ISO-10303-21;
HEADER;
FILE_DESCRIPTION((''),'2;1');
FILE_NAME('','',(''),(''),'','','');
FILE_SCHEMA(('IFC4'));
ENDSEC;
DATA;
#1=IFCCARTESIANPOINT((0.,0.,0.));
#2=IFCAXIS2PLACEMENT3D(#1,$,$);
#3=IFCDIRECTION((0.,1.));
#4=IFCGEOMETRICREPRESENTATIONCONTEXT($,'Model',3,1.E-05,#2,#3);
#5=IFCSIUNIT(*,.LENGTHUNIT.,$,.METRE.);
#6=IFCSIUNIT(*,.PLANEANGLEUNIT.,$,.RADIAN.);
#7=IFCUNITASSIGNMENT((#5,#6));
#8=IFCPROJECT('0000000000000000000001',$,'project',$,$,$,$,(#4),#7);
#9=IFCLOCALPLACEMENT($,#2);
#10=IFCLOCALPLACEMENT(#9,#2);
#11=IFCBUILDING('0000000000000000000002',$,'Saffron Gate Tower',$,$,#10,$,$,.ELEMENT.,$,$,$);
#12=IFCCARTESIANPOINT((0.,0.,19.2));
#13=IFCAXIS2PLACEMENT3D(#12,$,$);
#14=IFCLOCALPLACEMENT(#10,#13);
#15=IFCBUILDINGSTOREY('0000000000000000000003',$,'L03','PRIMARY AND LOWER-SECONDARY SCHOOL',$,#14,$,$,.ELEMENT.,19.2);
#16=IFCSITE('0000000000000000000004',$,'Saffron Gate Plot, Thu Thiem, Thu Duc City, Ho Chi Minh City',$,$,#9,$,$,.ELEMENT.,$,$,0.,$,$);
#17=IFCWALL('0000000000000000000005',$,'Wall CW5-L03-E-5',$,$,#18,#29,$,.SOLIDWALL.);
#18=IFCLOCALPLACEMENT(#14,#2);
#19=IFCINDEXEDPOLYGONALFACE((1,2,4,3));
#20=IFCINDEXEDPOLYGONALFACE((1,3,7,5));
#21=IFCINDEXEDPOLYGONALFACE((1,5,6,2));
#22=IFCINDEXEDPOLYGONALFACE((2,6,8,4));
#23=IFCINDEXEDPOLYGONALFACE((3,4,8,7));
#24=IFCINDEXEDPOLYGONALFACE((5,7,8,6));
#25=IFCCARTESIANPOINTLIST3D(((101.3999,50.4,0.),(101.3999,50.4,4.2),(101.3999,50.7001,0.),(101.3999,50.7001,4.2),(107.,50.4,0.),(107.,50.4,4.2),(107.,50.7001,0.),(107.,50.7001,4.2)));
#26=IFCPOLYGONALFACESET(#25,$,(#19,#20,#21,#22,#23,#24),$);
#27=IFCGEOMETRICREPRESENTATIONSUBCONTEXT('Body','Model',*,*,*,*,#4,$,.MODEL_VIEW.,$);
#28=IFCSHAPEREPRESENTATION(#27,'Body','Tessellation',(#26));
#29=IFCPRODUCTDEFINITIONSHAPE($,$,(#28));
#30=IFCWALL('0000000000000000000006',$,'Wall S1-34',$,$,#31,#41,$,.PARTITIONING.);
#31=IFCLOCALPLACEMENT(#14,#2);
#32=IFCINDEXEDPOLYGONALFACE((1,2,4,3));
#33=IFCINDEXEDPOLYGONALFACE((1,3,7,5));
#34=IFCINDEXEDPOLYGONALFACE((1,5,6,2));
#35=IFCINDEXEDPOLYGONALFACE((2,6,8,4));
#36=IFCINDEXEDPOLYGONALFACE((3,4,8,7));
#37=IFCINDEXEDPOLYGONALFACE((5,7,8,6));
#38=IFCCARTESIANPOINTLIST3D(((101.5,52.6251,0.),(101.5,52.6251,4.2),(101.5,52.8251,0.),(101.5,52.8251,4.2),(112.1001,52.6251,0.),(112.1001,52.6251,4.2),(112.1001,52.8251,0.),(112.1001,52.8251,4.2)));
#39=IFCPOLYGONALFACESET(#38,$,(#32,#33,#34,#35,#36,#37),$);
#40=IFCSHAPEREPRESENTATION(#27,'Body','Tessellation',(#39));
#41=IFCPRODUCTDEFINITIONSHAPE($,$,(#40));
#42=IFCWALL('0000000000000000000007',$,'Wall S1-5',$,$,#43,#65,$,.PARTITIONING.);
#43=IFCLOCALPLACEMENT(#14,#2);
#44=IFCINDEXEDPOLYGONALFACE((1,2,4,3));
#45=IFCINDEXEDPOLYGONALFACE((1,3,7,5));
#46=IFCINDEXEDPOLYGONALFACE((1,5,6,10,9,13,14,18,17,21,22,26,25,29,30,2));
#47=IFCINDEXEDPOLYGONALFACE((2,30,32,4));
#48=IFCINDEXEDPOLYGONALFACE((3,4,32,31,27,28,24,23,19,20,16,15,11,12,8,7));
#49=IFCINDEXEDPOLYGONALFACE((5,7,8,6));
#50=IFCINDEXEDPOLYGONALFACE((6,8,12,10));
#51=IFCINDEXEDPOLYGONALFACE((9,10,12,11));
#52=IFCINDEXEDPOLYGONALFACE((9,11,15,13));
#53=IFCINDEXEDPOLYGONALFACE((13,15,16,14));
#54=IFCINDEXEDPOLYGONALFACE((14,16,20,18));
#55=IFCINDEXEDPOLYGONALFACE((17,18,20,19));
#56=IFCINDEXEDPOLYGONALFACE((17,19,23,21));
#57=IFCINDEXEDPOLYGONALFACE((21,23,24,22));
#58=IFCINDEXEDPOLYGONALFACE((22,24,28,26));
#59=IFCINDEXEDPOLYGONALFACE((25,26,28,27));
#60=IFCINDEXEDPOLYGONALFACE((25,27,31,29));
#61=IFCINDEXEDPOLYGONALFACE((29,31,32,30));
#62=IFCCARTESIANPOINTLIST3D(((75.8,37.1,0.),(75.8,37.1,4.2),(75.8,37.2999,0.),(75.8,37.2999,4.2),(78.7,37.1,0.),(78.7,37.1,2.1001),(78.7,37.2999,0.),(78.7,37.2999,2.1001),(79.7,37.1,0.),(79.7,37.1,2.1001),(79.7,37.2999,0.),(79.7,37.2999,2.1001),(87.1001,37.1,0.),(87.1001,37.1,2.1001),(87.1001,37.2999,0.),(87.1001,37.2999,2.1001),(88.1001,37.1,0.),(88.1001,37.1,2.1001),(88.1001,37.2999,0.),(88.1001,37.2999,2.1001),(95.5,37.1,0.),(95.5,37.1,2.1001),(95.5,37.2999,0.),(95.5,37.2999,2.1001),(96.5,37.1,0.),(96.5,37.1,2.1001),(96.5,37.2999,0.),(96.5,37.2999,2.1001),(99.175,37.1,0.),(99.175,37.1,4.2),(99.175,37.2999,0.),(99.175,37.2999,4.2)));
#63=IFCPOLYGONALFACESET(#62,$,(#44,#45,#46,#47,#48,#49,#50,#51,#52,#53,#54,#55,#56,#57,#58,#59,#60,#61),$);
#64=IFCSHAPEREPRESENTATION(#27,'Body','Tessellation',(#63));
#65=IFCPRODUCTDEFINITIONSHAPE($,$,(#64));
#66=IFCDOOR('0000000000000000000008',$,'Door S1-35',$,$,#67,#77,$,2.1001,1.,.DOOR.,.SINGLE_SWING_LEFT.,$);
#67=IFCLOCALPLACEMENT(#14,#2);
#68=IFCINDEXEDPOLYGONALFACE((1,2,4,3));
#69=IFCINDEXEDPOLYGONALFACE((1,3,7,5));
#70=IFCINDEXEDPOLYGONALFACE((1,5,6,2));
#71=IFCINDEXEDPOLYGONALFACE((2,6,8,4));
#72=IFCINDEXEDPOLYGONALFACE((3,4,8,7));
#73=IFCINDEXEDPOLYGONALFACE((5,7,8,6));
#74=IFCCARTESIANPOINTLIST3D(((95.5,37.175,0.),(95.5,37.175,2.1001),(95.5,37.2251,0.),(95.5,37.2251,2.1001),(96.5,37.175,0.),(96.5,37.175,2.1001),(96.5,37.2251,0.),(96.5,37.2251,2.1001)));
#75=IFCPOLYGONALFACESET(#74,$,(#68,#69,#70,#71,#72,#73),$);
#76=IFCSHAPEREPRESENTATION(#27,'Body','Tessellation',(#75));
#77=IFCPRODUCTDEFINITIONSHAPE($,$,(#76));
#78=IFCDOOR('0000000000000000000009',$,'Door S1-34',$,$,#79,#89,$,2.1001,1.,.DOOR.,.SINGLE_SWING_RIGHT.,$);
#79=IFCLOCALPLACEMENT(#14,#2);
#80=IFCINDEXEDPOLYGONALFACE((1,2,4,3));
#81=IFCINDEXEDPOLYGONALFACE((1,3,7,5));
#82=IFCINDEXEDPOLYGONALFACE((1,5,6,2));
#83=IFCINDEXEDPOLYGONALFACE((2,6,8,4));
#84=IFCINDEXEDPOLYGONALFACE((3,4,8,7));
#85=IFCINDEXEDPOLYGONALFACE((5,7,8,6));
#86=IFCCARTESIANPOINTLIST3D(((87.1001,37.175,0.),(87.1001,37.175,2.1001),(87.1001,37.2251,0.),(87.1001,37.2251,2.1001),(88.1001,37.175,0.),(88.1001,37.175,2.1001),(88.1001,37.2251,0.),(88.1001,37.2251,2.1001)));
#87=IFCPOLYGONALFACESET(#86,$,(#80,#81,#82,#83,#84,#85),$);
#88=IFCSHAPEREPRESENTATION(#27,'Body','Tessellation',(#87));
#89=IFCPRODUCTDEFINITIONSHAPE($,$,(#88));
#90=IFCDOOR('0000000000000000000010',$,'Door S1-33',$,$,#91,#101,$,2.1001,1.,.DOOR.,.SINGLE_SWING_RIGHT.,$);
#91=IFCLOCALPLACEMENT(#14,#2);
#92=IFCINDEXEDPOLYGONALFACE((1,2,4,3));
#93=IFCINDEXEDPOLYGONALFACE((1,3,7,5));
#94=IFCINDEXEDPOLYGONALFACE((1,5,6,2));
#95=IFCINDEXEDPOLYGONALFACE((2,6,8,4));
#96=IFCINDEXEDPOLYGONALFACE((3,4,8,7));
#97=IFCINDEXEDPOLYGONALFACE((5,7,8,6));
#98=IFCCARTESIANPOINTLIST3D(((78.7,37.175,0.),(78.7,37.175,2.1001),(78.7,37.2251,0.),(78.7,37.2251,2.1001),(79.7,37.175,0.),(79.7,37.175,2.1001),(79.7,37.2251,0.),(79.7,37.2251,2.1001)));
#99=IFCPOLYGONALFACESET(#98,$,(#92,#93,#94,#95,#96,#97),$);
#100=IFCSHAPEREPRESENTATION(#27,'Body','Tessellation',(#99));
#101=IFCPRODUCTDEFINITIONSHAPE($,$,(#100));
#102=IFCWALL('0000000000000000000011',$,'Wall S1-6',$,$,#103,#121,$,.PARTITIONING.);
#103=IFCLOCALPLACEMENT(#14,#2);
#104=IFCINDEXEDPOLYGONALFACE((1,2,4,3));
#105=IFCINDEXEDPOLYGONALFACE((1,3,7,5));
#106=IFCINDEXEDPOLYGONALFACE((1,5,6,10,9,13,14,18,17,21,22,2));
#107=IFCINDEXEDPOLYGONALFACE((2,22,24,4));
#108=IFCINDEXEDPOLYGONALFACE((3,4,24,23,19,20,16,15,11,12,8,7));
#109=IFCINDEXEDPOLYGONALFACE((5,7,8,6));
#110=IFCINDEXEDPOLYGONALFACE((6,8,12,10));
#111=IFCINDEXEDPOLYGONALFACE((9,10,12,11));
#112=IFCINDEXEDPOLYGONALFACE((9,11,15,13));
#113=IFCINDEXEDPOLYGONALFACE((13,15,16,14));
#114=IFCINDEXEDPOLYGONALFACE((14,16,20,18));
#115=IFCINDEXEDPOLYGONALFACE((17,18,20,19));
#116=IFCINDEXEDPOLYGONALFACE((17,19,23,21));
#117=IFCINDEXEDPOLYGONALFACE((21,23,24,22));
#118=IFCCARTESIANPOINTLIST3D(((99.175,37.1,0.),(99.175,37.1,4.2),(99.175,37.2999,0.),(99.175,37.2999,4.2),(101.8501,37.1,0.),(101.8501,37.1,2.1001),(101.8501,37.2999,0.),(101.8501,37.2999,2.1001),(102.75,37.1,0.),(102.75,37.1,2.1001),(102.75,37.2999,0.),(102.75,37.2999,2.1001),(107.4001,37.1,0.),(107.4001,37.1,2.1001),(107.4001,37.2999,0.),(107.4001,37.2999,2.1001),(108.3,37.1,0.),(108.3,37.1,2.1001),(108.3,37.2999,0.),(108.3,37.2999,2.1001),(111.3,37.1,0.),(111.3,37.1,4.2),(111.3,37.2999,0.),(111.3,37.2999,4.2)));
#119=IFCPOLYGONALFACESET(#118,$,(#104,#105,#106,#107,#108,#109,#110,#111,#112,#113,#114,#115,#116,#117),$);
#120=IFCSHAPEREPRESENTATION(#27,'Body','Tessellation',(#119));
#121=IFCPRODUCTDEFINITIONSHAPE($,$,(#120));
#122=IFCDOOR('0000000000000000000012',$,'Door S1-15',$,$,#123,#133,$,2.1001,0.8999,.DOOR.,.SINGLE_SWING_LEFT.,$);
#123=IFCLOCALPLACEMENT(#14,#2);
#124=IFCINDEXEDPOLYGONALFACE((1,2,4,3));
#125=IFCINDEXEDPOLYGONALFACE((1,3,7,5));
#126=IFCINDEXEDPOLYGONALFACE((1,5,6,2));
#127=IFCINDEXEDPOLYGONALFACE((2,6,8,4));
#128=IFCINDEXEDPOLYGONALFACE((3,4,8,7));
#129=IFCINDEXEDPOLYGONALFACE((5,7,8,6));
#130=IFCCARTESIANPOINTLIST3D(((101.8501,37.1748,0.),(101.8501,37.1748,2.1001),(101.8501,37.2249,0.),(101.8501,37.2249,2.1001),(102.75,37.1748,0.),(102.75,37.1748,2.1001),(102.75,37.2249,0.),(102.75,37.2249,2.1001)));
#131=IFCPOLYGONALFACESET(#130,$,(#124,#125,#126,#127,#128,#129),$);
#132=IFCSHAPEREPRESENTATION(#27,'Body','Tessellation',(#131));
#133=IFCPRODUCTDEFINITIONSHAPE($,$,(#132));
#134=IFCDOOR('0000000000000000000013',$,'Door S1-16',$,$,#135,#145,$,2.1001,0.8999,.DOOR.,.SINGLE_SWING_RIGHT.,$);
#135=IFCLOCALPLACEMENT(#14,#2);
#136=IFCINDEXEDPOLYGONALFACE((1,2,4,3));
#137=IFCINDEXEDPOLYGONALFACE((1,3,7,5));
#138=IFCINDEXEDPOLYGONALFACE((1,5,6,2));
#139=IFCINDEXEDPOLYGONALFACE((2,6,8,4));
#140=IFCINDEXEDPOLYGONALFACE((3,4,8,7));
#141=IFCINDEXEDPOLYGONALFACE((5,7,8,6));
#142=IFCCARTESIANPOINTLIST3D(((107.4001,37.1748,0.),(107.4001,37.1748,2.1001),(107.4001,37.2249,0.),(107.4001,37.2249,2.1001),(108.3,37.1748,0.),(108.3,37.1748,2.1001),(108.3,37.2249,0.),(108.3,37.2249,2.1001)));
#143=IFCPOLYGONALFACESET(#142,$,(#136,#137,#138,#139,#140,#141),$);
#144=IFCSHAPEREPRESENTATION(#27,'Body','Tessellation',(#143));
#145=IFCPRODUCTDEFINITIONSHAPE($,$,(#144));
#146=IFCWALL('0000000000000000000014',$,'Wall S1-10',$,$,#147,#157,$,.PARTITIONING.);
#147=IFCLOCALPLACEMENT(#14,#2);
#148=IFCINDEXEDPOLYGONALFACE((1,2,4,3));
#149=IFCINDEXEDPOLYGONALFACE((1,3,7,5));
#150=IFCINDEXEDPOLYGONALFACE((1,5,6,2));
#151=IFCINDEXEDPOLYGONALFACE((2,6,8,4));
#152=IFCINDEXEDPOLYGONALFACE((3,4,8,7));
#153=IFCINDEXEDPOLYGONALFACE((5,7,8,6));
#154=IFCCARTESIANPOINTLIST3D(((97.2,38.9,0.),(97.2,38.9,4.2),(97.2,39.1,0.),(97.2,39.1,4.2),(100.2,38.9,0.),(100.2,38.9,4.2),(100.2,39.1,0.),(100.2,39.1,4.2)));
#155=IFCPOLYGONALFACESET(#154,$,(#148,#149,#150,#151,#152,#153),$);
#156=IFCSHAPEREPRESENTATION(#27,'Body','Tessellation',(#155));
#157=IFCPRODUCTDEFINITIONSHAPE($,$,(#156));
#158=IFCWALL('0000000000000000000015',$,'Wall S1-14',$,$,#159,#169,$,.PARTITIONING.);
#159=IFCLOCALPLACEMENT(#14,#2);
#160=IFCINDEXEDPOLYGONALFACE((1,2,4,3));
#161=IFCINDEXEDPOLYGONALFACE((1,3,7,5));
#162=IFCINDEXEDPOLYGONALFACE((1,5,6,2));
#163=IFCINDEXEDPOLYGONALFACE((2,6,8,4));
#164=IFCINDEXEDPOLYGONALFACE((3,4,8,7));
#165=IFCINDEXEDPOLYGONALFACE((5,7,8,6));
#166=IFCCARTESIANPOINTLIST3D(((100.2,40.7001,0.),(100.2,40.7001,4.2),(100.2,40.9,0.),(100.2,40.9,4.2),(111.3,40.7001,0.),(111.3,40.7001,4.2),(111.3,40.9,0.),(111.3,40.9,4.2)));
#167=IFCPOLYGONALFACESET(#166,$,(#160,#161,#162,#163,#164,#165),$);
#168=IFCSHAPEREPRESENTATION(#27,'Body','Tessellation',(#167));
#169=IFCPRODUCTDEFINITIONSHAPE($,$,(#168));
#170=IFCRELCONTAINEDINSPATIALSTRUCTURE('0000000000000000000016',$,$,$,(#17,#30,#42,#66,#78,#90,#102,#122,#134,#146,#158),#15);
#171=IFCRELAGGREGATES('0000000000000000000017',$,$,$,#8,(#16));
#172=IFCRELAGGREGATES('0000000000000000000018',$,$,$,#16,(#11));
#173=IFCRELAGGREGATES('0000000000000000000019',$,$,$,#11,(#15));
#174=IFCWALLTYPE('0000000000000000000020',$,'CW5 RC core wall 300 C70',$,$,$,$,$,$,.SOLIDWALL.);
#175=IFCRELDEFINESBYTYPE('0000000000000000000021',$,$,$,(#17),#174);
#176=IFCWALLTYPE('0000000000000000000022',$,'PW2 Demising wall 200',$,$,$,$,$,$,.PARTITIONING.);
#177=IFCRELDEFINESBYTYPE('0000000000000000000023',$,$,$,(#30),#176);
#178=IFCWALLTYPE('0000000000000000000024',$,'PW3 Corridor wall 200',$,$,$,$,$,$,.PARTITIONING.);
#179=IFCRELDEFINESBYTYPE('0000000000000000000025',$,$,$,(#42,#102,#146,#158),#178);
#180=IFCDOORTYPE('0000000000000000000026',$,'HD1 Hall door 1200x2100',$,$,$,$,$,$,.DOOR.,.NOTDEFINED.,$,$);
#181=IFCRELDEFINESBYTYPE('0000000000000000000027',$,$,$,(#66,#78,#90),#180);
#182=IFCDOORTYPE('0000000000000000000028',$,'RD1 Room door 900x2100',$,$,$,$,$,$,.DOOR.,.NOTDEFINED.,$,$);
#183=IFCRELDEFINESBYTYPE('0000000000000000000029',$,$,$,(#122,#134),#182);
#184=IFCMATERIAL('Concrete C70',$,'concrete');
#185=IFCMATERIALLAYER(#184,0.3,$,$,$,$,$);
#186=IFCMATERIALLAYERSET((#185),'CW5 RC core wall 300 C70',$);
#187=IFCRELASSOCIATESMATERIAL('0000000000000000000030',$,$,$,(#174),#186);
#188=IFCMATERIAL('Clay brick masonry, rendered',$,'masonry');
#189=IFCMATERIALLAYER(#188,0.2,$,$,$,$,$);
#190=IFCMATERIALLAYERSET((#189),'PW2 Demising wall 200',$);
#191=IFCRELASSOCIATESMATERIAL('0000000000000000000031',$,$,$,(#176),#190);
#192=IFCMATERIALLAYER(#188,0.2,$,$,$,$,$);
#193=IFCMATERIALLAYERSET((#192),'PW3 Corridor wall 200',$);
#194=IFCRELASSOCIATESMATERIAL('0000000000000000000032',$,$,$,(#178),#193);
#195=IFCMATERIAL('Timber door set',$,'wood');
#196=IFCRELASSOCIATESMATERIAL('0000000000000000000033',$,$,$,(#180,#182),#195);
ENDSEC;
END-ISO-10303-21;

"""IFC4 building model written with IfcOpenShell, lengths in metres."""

from ifc_helpers import new_model, si_unit, direction, frame, frame_2d, origin, place, context, subcontext, project, spatial, rectangle, extrude, material, layer, layer_set, type_object, element, fill, save


model = new_model("IFC4")

# Units and contexts
model_context = context("Model", 3, precision=1e-05, world=origin(), true_north=direction((0.0, 1.0)))
body_context = subcontext(model_context, "Body", "Model", "MODEL_VIEW")
ifc_project = project(units=[si_unit("LENGTHUNIT", "METRE"), si_unit("PLANEANGLEUNIT", "RADIAN")], contexts=[model_context])

# Site, building, storey
site_placement = place(None, origin())
site = spatial("IfcSite", under=ifc_project, at=site_placement, Name="Saffron Gate Plot, Thu Thiem, Thu Duc City, Ho Chi Minh City", CompositionType="ELEMENT", RefElevation=0.0)
building_placement = place(site_placement, origin())
building = spatial("IfcBuilding", under=site, at=building_placement, Name="Saffron Gate Tower", CompositionType="ELEMENT")
storey_placement = place(building_placement, frame((0.0, 0.0, 19.2)))
storey = spatial("IfcBuildingStorey", under=building, at=storey_placement, Name="L03", Description="PRIMARY AND LOWER-SECONDARY SCHOOL", CompositionType="ELEMENT", Elevation=19.2)

# Walls
ifc_material_1 = material(Name="Concrete C70", Category="concrete")
ifc_layer_1 = layer(ifc_material_1, 0.3)
ifc_layer_set_1 = layer_set([ifc_layer_1], Name="CW5 RC core wall 300 C70")
wall_type_1 = type_object("IfcWallType", Name="CW5 RC core wall 300 C70", PredefinedType="SOLIDWALL", material=ifc_layer_set_1)
wall_1_placement = place(storey_placement, frame((101.3999, 50.55, 0.0), z_axis=(0.0, 0.0, 1.0), x_axis=(1.0, 0.0, 0.0)))
element("IfcWall", 1, at=wall_1_placement, inside=storey, type_object=wall_type_1, Name="Wall CW5-L03-E-5", PredefinedType="SOLIDWALL", context=body_context, shape_type="SweptSolid", body=[
    extrude(rectangle(XDim=5.6001, YDim=0.3, at=frame_2d((2.8, 0.0))), origin(), (0.0, 0.0, 1.0), 4.2),
])
ifc_material_2 = material(Name="Clay brick masonry, rendered", Category="masonry")
ifc_layer_2 = layer(ifc_material_2, 0.2)
ifc_layer_set_2 = layer_set([ifc_layer_2], Name="PW2 Demising wall 200")
wall_type_2 = type_object("IfcWallType", Name="PW2 Demising wall 200", PredefinedType="PARTITIONING", material=ifc_layer_set_2)
wall_2_placement = place(storey_placement, frame((101.5, 52.7251, 0.0), z_axis=(0.0, 0.0, 1.0), x_axis=(1.0, 0.0, 0.0)))
element("IfcWall", 2, at=wall_2_placement, inside=storey, type_object=wall_type_2, Name="Wall S1-34", PredefinedType="PARTITIONING", context=body_context, shape_type="SweptSolid", body=[
    extrude(rectangle(XDim=10.6001, YDim=0.2, at=frame_2d((5.3, 0.0))), origin(), (0.0, 0.0, 1.0), 4.2),
])

# Walls, openings, doors
ifc_layer_3 = layer(ifc_material_2, 0.2)
ifc_layer_set_3 = layer_set([ifc_layer_3], Name="PW3 Corridor wall 200")
wall_type_3 = type_object("IfcWallType", Name="PW3 Corridor wall 200", PredefinedType="PARTITIONING", material=ifc_layer_set_3)
wall_3_placement = place(storey_placement, frame((99.175, 37.2, 0.0), z_axis=(0.0, 0.0, 1.0), x_axis=(-1.0, 0.0, 0.0)))
wall_3 = element("IfcWall", 3, at=wall_3_placement, inside=storey, type_object=wall_type_3, Name="Wall S1-5", PredefinedType="PARTITIONING", context=body_context, shape_type="SweptSolid", body=[
    extrude(rectangle(XDim=23.375, YDim=0.2, at=frame_2d((11.6875, 0.0))), origin(), (0.0, 0.0, 1.0), 4.2),
])
opening_1_placement = place(wall_3_placement, frame((2.675, 0.0, 0.0)))
opening_1 = element("IfcOpeningElement", 4, at=opening_1_placement, cuts=wall_3, PredefinedType="OPENING", context=body_context, shape_type="SweptSolid", body=[
    extrude(rectangle(XDim=1.0, YDim=2.1001, at=frame_2d((0.5, 1.05))), frame((0.0, 0.1099, 0.0), z_axis=(0.0, -1.0, 0.0), x_axis=(1.0, 0.0, 0.0)), (0.0, 0.0, 1.0), 0.22),
])
opening_2_placement = place(wall_3_placement, frame((11.075, 0.0, 0.0)))
opening_2 = element("IfcOpeningElement", 5, at=opening_2_placement, cuts=wall_3, PredefinedType="OPENING", context=body_context, shape_type="SweptSolid", body=[
    extrude(rectangle(XDim=1.0, YDim=2.1001, at=frame_2d((0.5, 1.05))), frame((0.0, 0.1099, 0.0), z_axis=(0.0, -1.0, 0.0), x_axis=(1.0, 0.0, 0.0)), (0.0, 0.0, 1.0), 0.22),
])
opening_3_placement = place(wall_3_placement, frame((19.4751, 0.0, 0.0)))
opening_3 = element("IfcOpeningElement", 6, at=opening_3_placement, cuts=wall_3, PredefinedType="OPENING", context=body_context, shape_type="SweptSolid", body=[
    extrude(rectangle(XDim=1.0, YDim=2.1001, at=frame_2d((0.5, 1.05))), frame((0.0, 0.1099, 0.0), z_axis=(0.0, -1.0, 0.0), x_axis=(1.0, 0.0, 0.0)), (0.0, 0.0, 1.0), 0.22),
])
ifc_material_3 = material(Name="Timber door set", Category="wood")
door_type_1 = type_object("IfcDoorType", Name="HD1 Hall door 1200x2100", OperationType="NOTDEFINED", PredefinedType="DOOR", material=ifc_material_3)
door_1_placement = place(opening_1_placement, origin())
door_1 = element("IfcDoor", 7, at=door_1_placement, inside=storey, type_object=door_type_1, Name="Door S1-35", OperationType="SINGLE_SWING_LEFT", OverallHeight=2.1001, OverallWidth=1.0, PredefinedType="DOOR", context=body_context, shape_type="SweptSolid", body=[
    extrude(rectangle(XDim=1.0, YDim=2.1001, at=frame_2d((0.5, 1.05))), frame((0.0, 0.0249, 0.0), z_axis=(0.0, -1.0, 0.0), x_axis=(1.0, 0.0, 0.0)), (0.0, 0.0, 1.0), 0.05),
])
fill(opening_1, door_1)
door_2_placement = place(opening_2_placement, origin())
door_2 = element("IfcDoor", 8, at=door_2_placement, inside=storey, type_object=door_type_1, Name="Door S1-34", OperationType="SINGLE_SWING_RIGHT", OverallHeight=2.1001, OverallWidth=1.0, PredefinedType="DOOR", context=body_context, shape_type="SweptSolid", body=[
    extrude(rectangle(XDim=1.0, YDim=2.1001, at=frame_2d((0.5, 1.05))), frame((0.0, 0.0249, 0.0), z_axis=(0.0, -1.0, 0.0), x_axis=(1.0, 0.0, 0.0)), (0.0, 0.0, 1.0), 0.05),
])
fill(opening_2, door_2)
door_3_placement = place(opening_3_placement, origin())
door_3 = element("IfcDoor", 9, at=door_3_placement, inside=storey, type_object=door_type_1, Name="Door S1-33", OperationType="SINGLE_SWING_RIGHT", OverallHeight=2.1001, OverallWidth=1.0, PredefinedType="DOOR", context=body_context, shape_type="SweptSolid", body=[
    extrude(rectangle(XDim=1.0, YDim=2.1001, at=frame_2d((0.5, 1.05))), frame((0.0, 0.0249, 0.0), z_axis=(0.0, -1.0, 0.0), x_axis=(1.0, 0.0, 0.0)), (0.0, 0.0, 1.0), 0.05),
])
fill(opening_3, door_3)
wall_4_placement = place(storey_placement, frame((99.175, 37.2, 0.0), z_axis=(0.0, 0.0, 1.0), x_axis=(1.0, 0.0, 0.0)))
wall_4 = element("IfcWall", 10, at=wall_4_placement, inside=storey, type_object=wall_type_3, Name="Wall S1-6", PredefinedType="PARTITIONING", context=body_context, shape_type="SweptSolid", body=[
    extrude(rectangle(XDim=12.125, YDim=0.2, at=frame_2d((6.0625, 0.0))), origin(), (0.0, 0.0, 1.0), 4.2),
])
opening_4_placement = place(wall_4_placement, frame((2.675, 0.0, 0.0)))
opening_4 = element("IfcOpeningElement", 11, at=opening_4_placement, cuts=wall_4, PredefinedType="OPENING", context=body_context, shape_type="SweptSolid", body=[
    extrude(rectangle(XDim=0.8999, YDim=2.1001, at=frame_2d((0.45, 1.05))), frame((0.0, 0.1099, 0.0), z_axis=(0.0, -1.0, 0.0), x_axis=(1.0, 0.0, 0.0)), (0.0, 0.0, 1.0), 0.22),
])
opening_5_placement = place(wall_4_placement, frame((8.2251, 0.0, 0.0)))
opening_5 = element("IfcOpeningElement", 12, at=opening_5_placement, cuts=wall_4, PredefinedType="OPENING", context=body_context, shape_type="SweptSolid", body=[
    extrude(rectangle(XDim=0.8999, YDim=2.1001, at=frame_2d((0.45, 1.05))), frame((0.0, 0.1099, 0.0), z_axis=(0.0, -1.0, 0.0), x_axis=(1.0, 0.0, 0.0)), (0.0, 0.0, 1.0), 0.22),
])
door_type_2 = type_object("IfcDoorType", Name="RD1 Room door 900x2100", OperationType="NOTDEFINED", PredefinedType="DOOR", material=ifc_material_3)
door_4_placement = place(opening_4_placement, origin())
door_4 = element("IfcDoor", 13, at=door_4_placement, inside=storey, type_object=door_type_2, Name="Door S1-15", OperationType="SINGLE_SWING_LEFT", OverallHeight=2.1001, OverallWidth=0.8999, PredefinedType="DOOR", context=body_context, shape_type="SweptSolid", body=[
    extrude(rectangle(XDim=0.8999, YDim=2.1001, at=frame_2d((0.45, 1.05))), frame((0.0, 0.0249, 0.0), z_axis=(0.0, -1.0, 0.0), x_axis=(1.0, 0.0, 0.0)), (0.0, 0.0, 1.0), 0.05),
])
fill(opening_4, door_4)
door_5_placement = place(opening_5_placement, origin())
door_5 = element("IfcDoor", 14, at=door_5_placement, inside=storey, type_object=door_type_2, Name="Door S1-16", OperationType="SINGLE_SWING_RIGHT", OverallHeight=2.1001, OverallWidth=0.8999, PredefinedType="DOOR", context=body_context, shape_type="SweptSolid", body=[
    extrude(rectangle(XDim=0.8999, YDim=2.1001, at=frame_2d((0.45, 1.05))), frame((0.0, 0.0249, 0.0), z_axis=(0.0, -1.0, 0.0), x_axis=(1.0, 0.0, 0.0)), (0.0, 0.0, 1.0), 0.05),
])
fill(opening_5, door_5)

# Walls
wall_5_placement = place(storey_placement, frame((97.2, 39.0, 0.0), z_axis=(0.0, 0.0, 1.0), x_axis=(1.0, 0.0, 0.0)))
element("IfcWall", 15, at=wall_5_placement, inside=storey, type_object=wall_type_3, Name="Wall S1-10", PredefinedType="PARTITIONING", context=body_context, shape_type="SweptSolid", body=[
    extrude(rectangle(XDim=3.0, YDim=0.2, at=frame_2d((1.5, 0.0))), origin(), (0.0, 0.0, 1.0), 4.2),
])
wall_6_placement = place(storey_placement, frame((100.2, 40.8, 0.0), z_axis=(0.0, 0.0, 1.0), x_axis=(1.0, 0.0, 0.0)))
element("IfcWall", 16, at=wall_6_placement, inside=storey, type_object=wall_type_3, Name="Wall S1-14", PredefinedType="PARTITIONING", context=body_context, shape_type="SweptSolid", body=[
    extrude(rectangle(XDim=11.1001, YDim=0.2, at=frame_2d((5.55, 0.0))), origin(), (0.0, 0.0, 1.0), 4.2),
])

save(model, "model.ifc")
